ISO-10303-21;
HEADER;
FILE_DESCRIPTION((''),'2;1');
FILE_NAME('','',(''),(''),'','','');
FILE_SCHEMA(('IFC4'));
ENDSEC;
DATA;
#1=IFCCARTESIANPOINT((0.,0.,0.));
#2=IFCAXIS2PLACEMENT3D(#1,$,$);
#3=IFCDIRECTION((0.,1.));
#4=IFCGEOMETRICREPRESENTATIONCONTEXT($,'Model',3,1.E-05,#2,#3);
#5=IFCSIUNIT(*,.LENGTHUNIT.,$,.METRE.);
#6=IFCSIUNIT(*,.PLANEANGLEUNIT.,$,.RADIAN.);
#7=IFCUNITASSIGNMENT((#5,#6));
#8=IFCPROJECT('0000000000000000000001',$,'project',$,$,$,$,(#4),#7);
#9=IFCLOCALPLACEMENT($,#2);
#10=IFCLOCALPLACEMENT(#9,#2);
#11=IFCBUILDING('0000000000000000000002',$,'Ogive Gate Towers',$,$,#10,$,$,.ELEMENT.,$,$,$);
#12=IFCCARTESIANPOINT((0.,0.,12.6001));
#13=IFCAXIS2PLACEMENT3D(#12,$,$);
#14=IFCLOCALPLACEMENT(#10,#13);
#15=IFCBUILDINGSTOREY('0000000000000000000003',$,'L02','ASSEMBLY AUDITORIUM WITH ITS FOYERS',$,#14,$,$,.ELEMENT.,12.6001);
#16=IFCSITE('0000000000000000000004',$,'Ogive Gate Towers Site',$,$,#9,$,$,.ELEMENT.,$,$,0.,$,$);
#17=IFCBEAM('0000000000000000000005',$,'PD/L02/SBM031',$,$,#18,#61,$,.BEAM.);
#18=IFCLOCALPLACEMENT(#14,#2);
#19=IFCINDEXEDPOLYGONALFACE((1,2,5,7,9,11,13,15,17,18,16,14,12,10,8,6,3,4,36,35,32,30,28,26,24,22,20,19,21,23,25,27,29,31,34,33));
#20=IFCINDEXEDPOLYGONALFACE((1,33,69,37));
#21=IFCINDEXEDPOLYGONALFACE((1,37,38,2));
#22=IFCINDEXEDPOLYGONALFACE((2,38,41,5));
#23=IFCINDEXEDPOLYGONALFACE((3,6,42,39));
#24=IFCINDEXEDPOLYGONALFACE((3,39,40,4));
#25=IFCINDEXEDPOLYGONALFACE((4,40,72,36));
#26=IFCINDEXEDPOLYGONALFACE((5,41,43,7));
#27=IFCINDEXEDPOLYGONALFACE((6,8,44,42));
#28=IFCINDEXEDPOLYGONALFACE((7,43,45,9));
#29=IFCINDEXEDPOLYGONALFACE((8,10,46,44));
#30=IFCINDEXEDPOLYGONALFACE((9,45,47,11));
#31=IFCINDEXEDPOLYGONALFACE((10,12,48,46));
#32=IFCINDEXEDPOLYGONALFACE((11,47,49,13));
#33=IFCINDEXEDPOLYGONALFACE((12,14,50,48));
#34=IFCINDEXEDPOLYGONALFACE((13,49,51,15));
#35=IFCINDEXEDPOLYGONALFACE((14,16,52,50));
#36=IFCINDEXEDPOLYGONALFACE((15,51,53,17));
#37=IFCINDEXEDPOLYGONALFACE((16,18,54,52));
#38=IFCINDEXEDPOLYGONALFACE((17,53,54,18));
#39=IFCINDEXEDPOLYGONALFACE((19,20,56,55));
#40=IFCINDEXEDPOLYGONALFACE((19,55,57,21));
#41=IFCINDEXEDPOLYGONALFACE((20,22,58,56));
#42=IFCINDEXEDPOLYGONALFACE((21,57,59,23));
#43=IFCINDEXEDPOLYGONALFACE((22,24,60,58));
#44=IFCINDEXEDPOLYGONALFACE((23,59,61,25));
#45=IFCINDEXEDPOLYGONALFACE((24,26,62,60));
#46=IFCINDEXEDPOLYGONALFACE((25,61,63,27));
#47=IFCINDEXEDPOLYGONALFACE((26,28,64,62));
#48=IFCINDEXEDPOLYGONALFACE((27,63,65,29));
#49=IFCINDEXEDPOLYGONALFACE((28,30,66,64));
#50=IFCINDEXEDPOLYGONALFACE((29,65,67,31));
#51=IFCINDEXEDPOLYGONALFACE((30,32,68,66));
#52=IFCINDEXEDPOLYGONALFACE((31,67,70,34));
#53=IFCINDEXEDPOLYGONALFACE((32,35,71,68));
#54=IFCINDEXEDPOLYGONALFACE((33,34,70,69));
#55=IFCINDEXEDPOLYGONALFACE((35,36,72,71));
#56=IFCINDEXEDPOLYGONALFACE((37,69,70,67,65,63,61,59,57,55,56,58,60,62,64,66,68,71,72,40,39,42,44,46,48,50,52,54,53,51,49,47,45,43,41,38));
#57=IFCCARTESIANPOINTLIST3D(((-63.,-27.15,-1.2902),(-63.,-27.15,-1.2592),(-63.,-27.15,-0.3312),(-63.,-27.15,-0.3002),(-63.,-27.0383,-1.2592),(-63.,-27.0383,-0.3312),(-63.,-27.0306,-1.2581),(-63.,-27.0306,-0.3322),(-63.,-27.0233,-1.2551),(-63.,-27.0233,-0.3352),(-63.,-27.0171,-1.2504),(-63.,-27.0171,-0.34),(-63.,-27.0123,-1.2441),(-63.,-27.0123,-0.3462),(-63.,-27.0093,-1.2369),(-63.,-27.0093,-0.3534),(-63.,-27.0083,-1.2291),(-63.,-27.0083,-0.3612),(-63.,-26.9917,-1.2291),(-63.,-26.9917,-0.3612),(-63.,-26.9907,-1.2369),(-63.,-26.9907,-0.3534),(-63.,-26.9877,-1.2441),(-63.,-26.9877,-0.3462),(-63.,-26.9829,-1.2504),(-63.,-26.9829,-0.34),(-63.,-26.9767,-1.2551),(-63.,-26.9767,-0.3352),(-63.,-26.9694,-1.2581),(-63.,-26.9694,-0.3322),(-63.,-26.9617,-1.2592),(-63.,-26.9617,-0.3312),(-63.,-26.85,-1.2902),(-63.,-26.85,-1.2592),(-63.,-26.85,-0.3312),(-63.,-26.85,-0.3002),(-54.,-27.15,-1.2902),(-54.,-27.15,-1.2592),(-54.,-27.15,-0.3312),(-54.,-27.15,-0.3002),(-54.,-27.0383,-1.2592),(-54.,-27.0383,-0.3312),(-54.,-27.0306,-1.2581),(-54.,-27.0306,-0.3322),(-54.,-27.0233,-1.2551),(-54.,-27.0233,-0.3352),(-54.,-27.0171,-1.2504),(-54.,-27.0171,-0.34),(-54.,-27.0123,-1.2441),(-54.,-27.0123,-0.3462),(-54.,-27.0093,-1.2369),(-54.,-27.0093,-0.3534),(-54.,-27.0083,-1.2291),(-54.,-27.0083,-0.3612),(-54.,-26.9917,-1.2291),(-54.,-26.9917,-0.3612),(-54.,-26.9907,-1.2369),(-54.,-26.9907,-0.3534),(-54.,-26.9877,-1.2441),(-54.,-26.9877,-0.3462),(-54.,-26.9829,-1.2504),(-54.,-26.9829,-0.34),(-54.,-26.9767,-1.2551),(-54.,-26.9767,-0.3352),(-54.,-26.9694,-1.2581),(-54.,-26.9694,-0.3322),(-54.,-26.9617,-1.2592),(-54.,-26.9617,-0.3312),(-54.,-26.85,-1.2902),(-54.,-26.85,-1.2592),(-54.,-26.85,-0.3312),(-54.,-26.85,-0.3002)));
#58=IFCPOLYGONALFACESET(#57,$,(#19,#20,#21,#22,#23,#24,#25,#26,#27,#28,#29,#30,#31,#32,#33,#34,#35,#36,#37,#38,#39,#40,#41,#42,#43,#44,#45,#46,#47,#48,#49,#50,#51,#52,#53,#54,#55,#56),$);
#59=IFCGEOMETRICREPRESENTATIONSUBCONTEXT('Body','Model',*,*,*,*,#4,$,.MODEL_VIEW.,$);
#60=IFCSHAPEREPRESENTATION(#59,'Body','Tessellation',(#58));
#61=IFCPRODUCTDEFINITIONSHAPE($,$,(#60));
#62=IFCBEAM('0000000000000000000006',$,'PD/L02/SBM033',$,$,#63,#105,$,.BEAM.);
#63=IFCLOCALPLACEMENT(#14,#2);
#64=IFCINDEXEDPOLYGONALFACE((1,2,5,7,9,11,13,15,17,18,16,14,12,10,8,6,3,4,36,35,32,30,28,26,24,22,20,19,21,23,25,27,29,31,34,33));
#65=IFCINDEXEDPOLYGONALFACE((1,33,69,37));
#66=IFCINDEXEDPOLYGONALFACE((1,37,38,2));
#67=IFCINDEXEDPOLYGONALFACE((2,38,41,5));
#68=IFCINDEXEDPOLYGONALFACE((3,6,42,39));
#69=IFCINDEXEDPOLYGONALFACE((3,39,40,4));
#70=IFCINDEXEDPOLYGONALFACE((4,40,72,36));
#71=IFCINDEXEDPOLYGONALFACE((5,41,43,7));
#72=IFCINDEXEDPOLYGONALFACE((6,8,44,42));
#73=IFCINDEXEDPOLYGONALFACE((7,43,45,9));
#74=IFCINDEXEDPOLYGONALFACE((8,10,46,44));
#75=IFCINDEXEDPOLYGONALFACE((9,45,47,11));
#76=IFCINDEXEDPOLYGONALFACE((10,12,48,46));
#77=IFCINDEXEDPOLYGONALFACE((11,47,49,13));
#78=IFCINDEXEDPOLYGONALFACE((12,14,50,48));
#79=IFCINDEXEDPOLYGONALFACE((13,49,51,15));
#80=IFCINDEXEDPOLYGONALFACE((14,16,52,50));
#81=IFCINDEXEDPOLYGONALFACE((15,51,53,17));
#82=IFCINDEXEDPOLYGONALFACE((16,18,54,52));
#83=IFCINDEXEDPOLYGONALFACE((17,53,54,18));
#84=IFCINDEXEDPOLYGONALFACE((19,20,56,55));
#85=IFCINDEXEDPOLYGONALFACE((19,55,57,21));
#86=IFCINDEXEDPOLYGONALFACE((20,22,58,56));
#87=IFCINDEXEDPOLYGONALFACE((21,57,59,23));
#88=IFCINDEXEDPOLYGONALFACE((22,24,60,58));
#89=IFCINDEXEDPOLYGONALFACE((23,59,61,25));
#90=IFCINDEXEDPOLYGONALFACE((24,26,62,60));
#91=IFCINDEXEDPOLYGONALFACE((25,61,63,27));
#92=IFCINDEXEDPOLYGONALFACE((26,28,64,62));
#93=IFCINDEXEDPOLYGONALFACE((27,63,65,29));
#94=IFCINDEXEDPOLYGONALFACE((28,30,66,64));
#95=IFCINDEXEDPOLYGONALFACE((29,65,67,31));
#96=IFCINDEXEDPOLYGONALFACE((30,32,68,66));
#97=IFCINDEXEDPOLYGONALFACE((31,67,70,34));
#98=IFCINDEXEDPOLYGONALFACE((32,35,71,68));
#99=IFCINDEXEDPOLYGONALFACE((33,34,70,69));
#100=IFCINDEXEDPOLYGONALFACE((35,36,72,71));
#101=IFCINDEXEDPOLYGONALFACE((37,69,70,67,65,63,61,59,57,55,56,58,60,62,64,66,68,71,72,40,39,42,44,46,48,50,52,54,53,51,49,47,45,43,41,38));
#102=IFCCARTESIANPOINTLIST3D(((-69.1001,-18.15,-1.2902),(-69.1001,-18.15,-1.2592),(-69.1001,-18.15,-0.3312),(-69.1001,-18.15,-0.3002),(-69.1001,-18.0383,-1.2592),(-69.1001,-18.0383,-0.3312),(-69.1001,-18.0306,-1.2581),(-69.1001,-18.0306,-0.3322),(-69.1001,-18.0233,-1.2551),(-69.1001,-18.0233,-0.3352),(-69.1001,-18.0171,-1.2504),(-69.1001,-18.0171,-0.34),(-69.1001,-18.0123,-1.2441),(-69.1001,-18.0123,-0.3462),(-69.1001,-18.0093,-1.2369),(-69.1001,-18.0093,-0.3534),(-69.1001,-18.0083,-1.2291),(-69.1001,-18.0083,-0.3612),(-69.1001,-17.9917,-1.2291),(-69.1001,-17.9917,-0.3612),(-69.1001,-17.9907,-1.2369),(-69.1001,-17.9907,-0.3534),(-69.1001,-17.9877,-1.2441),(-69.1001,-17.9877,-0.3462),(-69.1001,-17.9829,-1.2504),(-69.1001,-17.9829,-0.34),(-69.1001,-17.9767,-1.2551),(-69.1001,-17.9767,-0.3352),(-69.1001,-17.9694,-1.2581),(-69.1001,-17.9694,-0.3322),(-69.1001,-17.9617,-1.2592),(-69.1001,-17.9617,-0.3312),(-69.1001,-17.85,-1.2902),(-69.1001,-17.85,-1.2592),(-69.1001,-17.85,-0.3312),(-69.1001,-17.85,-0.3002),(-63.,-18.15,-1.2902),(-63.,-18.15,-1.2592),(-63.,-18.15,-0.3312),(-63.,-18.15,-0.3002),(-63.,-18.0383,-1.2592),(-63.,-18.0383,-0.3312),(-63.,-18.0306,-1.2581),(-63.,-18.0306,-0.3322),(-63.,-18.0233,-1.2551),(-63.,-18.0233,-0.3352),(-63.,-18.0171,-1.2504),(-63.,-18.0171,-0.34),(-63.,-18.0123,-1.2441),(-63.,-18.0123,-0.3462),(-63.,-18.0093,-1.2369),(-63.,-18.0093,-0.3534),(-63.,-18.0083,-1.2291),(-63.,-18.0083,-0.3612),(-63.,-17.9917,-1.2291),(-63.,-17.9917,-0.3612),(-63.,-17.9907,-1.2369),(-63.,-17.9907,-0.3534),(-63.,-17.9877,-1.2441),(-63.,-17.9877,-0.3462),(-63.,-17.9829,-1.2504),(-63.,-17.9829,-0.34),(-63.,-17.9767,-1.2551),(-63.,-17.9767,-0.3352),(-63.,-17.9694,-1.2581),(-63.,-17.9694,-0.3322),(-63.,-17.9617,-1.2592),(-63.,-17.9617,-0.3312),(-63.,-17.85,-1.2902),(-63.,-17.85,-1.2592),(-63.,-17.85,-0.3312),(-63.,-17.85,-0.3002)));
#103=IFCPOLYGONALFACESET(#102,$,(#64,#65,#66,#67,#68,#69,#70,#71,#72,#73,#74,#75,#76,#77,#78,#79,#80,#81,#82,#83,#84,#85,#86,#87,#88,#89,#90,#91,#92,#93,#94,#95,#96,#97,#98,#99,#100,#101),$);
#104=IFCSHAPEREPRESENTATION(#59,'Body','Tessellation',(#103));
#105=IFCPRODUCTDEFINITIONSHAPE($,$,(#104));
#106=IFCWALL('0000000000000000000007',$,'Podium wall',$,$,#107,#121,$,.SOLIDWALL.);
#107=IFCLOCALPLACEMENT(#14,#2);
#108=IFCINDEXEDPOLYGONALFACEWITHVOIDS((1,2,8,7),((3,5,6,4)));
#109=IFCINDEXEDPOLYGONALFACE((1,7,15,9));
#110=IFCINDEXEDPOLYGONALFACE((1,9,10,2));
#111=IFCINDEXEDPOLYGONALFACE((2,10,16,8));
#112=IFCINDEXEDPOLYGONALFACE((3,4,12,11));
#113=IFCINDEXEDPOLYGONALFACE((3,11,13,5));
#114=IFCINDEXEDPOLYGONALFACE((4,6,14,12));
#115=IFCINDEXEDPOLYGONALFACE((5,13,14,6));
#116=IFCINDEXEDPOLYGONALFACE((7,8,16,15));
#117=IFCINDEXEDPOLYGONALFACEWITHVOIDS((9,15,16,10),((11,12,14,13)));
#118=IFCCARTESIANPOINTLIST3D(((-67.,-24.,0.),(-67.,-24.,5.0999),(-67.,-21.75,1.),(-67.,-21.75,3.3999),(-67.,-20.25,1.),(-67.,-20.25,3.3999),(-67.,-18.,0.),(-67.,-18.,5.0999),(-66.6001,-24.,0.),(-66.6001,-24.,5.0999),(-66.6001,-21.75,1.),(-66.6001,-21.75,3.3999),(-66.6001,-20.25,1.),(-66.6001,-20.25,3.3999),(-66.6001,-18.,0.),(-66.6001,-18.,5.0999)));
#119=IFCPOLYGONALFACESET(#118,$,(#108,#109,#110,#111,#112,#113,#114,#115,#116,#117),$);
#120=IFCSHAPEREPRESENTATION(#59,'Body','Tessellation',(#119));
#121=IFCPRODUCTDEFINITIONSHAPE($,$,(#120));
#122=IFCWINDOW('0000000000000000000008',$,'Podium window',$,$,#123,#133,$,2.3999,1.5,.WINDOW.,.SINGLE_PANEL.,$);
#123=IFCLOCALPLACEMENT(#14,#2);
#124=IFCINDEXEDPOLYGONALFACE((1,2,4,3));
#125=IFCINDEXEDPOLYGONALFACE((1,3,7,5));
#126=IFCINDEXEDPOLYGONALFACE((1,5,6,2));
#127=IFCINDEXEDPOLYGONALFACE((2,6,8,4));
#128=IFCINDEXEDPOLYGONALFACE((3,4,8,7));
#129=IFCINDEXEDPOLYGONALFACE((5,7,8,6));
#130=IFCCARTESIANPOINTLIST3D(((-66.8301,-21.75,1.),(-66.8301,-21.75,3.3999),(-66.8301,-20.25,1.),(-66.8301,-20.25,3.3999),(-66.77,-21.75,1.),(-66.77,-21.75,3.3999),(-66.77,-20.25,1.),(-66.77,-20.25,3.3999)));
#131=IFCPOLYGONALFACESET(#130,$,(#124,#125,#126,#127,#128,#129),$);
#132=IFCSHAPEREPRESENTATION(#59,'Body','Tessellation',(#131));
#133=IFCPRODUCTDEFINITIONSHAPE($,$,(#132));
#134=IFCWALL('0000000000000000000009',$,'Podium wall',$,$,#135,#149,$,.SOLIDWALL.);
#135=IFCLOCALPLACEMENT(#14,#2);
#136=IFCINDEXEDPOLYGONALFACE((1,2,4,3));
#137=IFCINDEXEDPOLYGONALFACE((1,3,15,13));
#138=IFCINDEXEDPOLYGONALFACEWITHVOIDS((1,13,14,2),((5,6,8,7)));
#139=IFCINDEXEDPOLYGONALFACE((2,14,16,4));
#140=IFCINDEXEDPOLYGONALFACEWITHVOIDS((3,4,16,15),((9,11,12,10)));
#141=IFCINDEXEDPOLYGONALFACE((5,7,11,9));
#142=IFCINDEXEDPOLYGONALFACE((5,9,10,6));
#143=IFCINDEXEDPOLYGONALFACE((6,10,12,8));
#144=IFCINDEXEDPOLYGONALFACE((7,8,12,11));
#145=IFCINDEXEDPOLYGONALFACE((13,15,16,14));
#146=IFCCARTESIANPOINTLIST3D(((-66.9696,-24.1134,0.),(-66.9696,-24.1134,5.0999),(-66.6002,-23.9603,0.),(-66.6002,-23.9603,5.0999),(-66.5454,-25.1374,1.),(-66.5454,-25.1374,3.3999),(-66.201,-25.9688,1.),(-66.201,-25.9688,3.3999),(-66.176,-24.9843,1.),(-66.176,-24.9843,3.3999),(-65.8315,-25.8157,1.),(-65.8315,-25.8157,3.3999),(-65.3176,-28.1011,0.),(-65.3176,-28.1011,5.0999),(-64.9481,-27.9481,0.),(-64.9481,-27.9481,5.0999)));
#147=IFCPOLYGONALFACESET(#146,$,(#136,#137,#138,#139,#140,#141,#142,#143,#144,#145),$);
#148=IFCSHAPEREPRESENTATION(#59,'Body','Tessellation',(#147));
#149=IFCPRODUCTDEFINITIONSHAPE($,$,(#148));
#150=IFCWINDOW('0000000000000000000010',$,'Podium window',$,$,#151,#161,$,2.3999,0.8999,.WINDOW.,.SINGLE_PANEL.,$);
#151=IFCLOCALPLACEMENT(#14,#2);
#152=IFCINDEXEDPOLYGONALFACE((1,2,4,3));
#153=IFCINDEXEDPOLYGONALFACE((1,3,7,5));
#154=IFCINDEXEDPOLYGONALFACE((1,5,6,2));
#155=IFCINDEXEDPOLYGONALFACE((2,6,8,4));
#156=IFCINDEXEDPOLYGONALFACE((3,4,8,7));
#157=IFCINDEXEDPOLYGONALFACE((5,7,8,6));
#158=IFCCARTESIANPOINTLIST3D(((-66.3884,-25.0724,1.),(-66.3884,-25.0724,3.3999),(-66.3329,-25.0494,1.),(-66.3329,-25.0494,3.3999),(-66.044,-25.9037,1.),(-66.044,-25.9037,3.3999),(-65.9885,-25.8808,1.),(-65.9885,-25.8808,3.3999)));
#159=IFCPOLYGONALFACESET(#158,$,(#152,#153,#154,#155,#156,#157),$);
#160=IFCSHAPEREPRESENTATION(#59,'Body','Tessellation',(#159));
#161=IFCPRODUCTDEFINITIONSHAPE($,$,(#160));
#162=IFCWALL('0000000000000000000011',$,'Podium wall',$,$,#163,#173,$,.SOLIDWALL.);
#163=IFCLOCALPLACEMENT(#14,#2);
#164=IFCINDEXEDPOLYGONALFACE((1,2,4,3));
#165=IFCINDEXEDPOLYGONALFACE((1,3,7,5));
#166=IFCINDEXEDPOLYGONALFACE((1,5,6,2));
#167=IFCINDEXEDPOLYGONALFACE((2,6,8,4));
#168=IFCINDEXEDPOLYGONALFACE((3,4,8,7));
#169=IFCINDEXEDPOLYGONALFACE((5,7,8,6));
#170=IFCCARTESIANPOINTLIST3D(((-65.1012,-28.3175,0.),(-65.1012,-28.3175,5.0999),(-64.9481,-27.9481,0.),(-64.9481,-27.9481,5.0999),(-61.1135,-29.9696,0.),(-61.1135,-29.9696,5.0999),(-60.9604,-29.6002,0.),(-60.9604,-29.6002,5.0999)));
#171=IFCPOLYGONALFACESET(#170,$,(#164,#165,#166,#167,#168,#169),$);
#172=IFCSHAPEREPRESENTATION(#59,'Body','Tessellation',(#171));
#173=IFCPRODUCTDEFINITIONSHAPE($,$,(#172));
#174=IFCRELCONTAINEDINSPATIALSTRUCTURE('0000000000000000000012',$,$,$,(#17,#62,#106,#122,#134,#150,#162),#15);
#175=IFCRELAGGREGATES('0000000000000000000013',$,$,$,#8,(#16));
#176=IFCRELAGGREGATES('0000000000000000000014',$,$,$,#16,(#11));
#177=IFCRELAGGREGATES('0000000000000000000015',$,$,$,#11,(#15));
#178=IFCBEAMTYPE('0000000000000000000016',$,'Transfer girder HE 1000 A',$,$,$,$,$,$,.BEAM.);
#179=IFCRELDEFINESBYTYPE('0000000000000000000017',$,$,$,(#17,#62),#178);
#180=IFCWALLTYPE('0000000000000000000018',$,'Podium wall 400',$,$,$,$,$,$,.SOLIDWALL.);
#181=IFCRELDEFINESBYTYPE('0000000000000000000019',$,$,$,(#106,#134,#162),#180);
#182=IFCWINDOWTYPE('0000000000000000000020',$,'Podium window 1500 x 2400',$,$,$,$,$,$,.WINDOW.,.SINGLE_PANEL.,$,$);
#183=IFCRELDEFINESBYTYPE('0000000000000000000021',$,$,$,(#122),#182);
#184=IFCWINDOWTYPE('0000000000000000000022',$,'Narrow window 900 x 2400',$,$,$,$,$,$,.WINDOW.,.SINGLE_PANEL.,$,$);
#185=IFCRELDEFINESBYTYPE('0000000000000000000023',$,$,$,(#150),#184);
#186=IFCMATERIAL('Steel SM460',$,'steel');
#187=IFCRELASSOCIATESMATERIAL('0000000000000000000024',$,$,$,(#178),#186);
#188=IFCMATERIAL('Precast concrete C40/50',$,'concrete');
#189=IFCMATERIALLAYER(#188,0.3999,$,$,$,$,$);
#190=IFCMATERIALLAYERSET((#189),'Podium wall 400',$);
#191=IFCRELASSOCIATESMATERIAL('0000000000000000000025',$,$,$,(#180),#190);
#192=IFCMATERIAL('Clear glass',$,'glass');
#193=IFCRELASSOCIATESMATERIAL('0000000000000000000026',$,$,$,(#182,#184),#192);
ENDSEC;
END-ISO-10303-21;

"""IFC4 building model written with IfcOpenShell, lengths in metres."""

from ifc_helpers import new_model, si_unit, direction, frame, frame_2d, origin, origin_2d, place, context, subcontext, project, spatial, rectangle, i_section, extrude, material, layer, layer_set, material_profile, profile_set, type_object, element, fill, save


model = new_model("IFC4")

# Units and contexts
model_context = context("Model", 3, precision=1e-05, world=origin(), true_north=direction((0.0, 1.0)))
body_context = subcontext(model_context, "Body", "Model", "MODEL_VIEW")
ifc_project = project(units=[si_unit("LENGTHUNIT", "METRE"), si_unit("PLANEANGLEUNIT", "RADIAN")], contexts=[model_context])

# Site, building, storey
site_placement = place(None, origin())
site = spatial("IfcSite", under=ifc_project, at=site_placement, Name="Ogive Gate Towers Site", CompositionType="ELEMENT", RefElevation=0.0)
building_placement = place(site_placement, origin())
building = spatial("IfcBuilding", under=site, at=building_placement, Name="Ogive Gate Towers", CompositionType="ELEMENT")
storey_placement = place(building_placement, frame((0.0, 0.0, 12.6001)))
storey = spatial("IfcBuildingStorey", under=building, at=storey_placement, Name="L02", Description="ASSEMBLY AUDITORIUM WITH ITS FOYERS", CompositionType="ELEMENT", Elevation=12.6001)

# Beams
ifc_material_1 = material(Name="Steel SM460", Category="steel")
ifc_material_profile_1 = material_profile(ifc_material_1, i_section(OverallWidth=0.3, OverallDepth=0.99, WebThickness=0.0166, FlangeThickness=0.031, FilletRadius=0.03, at=origin_2d()), Name="HE 1000 A")
ifc_profile_set_1 = profile_set([ifc_material_profile_1], Name="Steel SM460")
beam_type_1 = type_object("IfcBeamType", Name="Transfer girder HE 1000 A", PredefinedType="BEAM", material=ifc_profile_set_1)
beam_1_placement = place(storey_placement, frame((-63.0, -27.0, -0.7952), z_axis=(1.0, 0.0, 0.0), x_axis=(0.0, 1.0, 0.0)))
element("IfcBeam", 1, at=beam_1_placement, inside=storey, type_object=beam_type_1, Name="PD/L02/SBM031", PredefinedType="BEAM", context=body_context, shape_type="SweptSolid", body=[
    extrude(i_section(OverallWidth=0.3, OverallDepth=0.99, WebThickness=0.0166, FlangeThickness=0.031, FilletRadius=0.03, at=origin_2d()), origin(), (0.0, 0.0, 1.0), 9.0),
])
beam_2_placement = place(storey_placement, frame((-69.1001, -18.0, -0.7952), z_axis=(1.0, 0.0, 0.0), x_axis=(0.0, 1.0, 0.0)))
element("IfcBeam", 2, at=beam_2_placement, inside=storey, type_object=beam_type_1, Name="PD/L02/SBM033", PredefinedType="BEAM", context=body_context, shape_type="SweptSolid", body=[
    extrude(i_section(OverallWidth=0.3, OverallDepth=0.99, WebThickness=0.0166, FlangeThickness=0.031, FilletRadius=0.03, at=origin_2d()), origin(), (0.0, 0.0, 1.0), 6.1001),
])

# Walls, openings, windows
ifc_material_2 = material(Name="Precast concrete C40/50", Category="concrete")
ifc_layer = layer(ifc_material_2, 0.3999)
ifc_layer_set = layer_set([ifc_layer], Name="Podium wall 400")
wall_type = type_object("IfcWallType", Name="Podium wall 400", PredefinedType="SOLIDWALL", material=ifc_layer_set)
wall_1_placement = place(storey_placement, frame((-66.8, -18.0, 0.0), z_axis=(0.0, 0.0, 1.0), x_axis=(0.0, -1.0, 0.0)))
wall_1 = element("IfcWall", 3, at=wall_1_placement, inside=storey, type_object=wall_type, Name="Podium wall", PredefinedType="SOLIDWALL", context=body_context, shape_type="SweptSolid", body=[
    extrude(rectangle(XDim=6.0, YDim=0.3999, at=frame_2d((3.0, 0.0))), origin(), (0.0, 0.0, 1.0), 5.0999),
])
opening_1_placement = place(wall_1_placement, frame((2.25, 0.0, 1.0)))
opening_1 = element("IfcOpeningElement", 4, at=opening_1_placement, cuts=wall_1, PredefinedType="OPENING", context=body_context, shape_type="SweptSolid", body=[
    extrude(rectangle(XDim=1.5, YDim=2.3999, at=frame_2d((0.75, 1.2))), frame((0.0, 0.21, 0.0), z_axis=(0.0, -1.0, 0.0), x_axis=(1.0, 0.0, 0.0)), (0.0, 0.0, 1.0), 0.4199),
])
ifc_material_3 = material(Name="Clear glass", Category="glass")
window_type_1 = type_object("IfcWindowType", Name="Podium window 1500 x 2400", PartitioningType="SINGLE_PANEL", PredefinedType="WINDOW", material=ifc_material_3)
window_1_placement = place(opening_1_placement, origin())
window_1 = element("IfcWindow", 5, at=window_1_placement, inside=storey, type_object=window_type_1, Name="Podium window", OverallHeight=2.3999, OverallWidth=1.5, PartitioningType="SINGLE_PANEL", PredefinedType="WINDOW", context=body_context, shape_type="SweptSolid", body=[
    extrude(rectangle(XDim=1.5, YDim=2.3999, at=frame_2d((0.75, 1.2))), frame((0.0, 0.03, 0.0), z_axis=(0.0, -1.0, 0.0), x_axis=(1.0, 0.0, 0.0)), (0.0, 0.0, 1.0), 0.0601),
])
fill(opening_1, window_1)
wall_2_placement = place(storey_placement, frame((-66.7849, -24.0369, 0.0), z_axis=(0.0, 0.0, 1.0), x_axis=(0.382743, -0.923855, 0.0)))
wall_2 = element("IfcWall", 6, at=wall_2_placement, inside=storey, type_object=wall_type, Name="Podium wall", PredefinedType="SOLIDWALL", context=body_context, shape_type="SweptSolid", body=[
    extrude(rectangle(XDim=4.3164, YDim=0.3999, at=frame_2d((2.1582, 0.0))), origin(), (0.0, 0.0, 1.0), 5.0999),
])
opening_2_placement = place(wall_2_placement, frame((1.1084, 0.0, 1.0)))
opening_2 = element("IfcOpeningElement", 7, at=opening_2_placement, cuts=wall_2, PredefinedType="OPENING", context=body_context, shape_type="SweptSolid", body=[
    extrude(rectangle(XDim=0.8999, YDim=2.3999, at=frame_2d((0.45, 1.2))), frame((0.0, 0.21, 0.0), z_axis=(0.0, -1.0, 0.0), x_axis=(1.0, 0.0, 0.0)), (0.0, 0.0, 1.0), 0.4199),
])
window_type_2 = type_object("IfcWindowType", Name="Narrow window 900 x 2400", PartitioningType="SINGLE_PANEL", PredefinedType="WINDOW", material=ifc_material_3)
window_2_placement = place(opening_2_placement, origin())
window_2 = element("IfcWindow", 8, at=window_2_placement, inside=storey, type_object=window_type_2, Name="Podium window", OverallHeight=2.3999, OverallWidth=0.8999, PartitioningType="SINGLE_PANEL", PredefinedType="WINDOW", context=body_context, shape_type="SweptSolid", body=[
    extrude(rectangle(XDim=0.8999, YDim=2.3999, at=frame_2d((0.45, 1.2))), frame((0.0, 0.03, 0.0), z_axis=(0.0, -1.0, 0.0), x_axis=(1.0, 0.0, 0.0)), (0.0, 0.0, 1.0), 0.0601),
])
fill(opening_2, window_2)

# Wall
wall_3_placement = place(storey_placement, frame((-65.0247, -28.1328, 0.0), z_axis=(0.0, 0.0, 1.0), x_axis=(0.923855, -0.382743, 0.0)))
element("IfcWall", 9, at=wall_3_placement, inside=storey, type_object=wall_type, Name="Podium wall", PredefinedType="SOLIDWALL", context=body_context, shape_type="SweptSolid", body=[
    extrude(rectangle(XDim=4.3164, YDim=0.3999, at=frame_2d((2.1582, 0.0))), origin(), (0.0, 0.0, 1.0), 5.0999),
])

save(model, "model.ifc")
